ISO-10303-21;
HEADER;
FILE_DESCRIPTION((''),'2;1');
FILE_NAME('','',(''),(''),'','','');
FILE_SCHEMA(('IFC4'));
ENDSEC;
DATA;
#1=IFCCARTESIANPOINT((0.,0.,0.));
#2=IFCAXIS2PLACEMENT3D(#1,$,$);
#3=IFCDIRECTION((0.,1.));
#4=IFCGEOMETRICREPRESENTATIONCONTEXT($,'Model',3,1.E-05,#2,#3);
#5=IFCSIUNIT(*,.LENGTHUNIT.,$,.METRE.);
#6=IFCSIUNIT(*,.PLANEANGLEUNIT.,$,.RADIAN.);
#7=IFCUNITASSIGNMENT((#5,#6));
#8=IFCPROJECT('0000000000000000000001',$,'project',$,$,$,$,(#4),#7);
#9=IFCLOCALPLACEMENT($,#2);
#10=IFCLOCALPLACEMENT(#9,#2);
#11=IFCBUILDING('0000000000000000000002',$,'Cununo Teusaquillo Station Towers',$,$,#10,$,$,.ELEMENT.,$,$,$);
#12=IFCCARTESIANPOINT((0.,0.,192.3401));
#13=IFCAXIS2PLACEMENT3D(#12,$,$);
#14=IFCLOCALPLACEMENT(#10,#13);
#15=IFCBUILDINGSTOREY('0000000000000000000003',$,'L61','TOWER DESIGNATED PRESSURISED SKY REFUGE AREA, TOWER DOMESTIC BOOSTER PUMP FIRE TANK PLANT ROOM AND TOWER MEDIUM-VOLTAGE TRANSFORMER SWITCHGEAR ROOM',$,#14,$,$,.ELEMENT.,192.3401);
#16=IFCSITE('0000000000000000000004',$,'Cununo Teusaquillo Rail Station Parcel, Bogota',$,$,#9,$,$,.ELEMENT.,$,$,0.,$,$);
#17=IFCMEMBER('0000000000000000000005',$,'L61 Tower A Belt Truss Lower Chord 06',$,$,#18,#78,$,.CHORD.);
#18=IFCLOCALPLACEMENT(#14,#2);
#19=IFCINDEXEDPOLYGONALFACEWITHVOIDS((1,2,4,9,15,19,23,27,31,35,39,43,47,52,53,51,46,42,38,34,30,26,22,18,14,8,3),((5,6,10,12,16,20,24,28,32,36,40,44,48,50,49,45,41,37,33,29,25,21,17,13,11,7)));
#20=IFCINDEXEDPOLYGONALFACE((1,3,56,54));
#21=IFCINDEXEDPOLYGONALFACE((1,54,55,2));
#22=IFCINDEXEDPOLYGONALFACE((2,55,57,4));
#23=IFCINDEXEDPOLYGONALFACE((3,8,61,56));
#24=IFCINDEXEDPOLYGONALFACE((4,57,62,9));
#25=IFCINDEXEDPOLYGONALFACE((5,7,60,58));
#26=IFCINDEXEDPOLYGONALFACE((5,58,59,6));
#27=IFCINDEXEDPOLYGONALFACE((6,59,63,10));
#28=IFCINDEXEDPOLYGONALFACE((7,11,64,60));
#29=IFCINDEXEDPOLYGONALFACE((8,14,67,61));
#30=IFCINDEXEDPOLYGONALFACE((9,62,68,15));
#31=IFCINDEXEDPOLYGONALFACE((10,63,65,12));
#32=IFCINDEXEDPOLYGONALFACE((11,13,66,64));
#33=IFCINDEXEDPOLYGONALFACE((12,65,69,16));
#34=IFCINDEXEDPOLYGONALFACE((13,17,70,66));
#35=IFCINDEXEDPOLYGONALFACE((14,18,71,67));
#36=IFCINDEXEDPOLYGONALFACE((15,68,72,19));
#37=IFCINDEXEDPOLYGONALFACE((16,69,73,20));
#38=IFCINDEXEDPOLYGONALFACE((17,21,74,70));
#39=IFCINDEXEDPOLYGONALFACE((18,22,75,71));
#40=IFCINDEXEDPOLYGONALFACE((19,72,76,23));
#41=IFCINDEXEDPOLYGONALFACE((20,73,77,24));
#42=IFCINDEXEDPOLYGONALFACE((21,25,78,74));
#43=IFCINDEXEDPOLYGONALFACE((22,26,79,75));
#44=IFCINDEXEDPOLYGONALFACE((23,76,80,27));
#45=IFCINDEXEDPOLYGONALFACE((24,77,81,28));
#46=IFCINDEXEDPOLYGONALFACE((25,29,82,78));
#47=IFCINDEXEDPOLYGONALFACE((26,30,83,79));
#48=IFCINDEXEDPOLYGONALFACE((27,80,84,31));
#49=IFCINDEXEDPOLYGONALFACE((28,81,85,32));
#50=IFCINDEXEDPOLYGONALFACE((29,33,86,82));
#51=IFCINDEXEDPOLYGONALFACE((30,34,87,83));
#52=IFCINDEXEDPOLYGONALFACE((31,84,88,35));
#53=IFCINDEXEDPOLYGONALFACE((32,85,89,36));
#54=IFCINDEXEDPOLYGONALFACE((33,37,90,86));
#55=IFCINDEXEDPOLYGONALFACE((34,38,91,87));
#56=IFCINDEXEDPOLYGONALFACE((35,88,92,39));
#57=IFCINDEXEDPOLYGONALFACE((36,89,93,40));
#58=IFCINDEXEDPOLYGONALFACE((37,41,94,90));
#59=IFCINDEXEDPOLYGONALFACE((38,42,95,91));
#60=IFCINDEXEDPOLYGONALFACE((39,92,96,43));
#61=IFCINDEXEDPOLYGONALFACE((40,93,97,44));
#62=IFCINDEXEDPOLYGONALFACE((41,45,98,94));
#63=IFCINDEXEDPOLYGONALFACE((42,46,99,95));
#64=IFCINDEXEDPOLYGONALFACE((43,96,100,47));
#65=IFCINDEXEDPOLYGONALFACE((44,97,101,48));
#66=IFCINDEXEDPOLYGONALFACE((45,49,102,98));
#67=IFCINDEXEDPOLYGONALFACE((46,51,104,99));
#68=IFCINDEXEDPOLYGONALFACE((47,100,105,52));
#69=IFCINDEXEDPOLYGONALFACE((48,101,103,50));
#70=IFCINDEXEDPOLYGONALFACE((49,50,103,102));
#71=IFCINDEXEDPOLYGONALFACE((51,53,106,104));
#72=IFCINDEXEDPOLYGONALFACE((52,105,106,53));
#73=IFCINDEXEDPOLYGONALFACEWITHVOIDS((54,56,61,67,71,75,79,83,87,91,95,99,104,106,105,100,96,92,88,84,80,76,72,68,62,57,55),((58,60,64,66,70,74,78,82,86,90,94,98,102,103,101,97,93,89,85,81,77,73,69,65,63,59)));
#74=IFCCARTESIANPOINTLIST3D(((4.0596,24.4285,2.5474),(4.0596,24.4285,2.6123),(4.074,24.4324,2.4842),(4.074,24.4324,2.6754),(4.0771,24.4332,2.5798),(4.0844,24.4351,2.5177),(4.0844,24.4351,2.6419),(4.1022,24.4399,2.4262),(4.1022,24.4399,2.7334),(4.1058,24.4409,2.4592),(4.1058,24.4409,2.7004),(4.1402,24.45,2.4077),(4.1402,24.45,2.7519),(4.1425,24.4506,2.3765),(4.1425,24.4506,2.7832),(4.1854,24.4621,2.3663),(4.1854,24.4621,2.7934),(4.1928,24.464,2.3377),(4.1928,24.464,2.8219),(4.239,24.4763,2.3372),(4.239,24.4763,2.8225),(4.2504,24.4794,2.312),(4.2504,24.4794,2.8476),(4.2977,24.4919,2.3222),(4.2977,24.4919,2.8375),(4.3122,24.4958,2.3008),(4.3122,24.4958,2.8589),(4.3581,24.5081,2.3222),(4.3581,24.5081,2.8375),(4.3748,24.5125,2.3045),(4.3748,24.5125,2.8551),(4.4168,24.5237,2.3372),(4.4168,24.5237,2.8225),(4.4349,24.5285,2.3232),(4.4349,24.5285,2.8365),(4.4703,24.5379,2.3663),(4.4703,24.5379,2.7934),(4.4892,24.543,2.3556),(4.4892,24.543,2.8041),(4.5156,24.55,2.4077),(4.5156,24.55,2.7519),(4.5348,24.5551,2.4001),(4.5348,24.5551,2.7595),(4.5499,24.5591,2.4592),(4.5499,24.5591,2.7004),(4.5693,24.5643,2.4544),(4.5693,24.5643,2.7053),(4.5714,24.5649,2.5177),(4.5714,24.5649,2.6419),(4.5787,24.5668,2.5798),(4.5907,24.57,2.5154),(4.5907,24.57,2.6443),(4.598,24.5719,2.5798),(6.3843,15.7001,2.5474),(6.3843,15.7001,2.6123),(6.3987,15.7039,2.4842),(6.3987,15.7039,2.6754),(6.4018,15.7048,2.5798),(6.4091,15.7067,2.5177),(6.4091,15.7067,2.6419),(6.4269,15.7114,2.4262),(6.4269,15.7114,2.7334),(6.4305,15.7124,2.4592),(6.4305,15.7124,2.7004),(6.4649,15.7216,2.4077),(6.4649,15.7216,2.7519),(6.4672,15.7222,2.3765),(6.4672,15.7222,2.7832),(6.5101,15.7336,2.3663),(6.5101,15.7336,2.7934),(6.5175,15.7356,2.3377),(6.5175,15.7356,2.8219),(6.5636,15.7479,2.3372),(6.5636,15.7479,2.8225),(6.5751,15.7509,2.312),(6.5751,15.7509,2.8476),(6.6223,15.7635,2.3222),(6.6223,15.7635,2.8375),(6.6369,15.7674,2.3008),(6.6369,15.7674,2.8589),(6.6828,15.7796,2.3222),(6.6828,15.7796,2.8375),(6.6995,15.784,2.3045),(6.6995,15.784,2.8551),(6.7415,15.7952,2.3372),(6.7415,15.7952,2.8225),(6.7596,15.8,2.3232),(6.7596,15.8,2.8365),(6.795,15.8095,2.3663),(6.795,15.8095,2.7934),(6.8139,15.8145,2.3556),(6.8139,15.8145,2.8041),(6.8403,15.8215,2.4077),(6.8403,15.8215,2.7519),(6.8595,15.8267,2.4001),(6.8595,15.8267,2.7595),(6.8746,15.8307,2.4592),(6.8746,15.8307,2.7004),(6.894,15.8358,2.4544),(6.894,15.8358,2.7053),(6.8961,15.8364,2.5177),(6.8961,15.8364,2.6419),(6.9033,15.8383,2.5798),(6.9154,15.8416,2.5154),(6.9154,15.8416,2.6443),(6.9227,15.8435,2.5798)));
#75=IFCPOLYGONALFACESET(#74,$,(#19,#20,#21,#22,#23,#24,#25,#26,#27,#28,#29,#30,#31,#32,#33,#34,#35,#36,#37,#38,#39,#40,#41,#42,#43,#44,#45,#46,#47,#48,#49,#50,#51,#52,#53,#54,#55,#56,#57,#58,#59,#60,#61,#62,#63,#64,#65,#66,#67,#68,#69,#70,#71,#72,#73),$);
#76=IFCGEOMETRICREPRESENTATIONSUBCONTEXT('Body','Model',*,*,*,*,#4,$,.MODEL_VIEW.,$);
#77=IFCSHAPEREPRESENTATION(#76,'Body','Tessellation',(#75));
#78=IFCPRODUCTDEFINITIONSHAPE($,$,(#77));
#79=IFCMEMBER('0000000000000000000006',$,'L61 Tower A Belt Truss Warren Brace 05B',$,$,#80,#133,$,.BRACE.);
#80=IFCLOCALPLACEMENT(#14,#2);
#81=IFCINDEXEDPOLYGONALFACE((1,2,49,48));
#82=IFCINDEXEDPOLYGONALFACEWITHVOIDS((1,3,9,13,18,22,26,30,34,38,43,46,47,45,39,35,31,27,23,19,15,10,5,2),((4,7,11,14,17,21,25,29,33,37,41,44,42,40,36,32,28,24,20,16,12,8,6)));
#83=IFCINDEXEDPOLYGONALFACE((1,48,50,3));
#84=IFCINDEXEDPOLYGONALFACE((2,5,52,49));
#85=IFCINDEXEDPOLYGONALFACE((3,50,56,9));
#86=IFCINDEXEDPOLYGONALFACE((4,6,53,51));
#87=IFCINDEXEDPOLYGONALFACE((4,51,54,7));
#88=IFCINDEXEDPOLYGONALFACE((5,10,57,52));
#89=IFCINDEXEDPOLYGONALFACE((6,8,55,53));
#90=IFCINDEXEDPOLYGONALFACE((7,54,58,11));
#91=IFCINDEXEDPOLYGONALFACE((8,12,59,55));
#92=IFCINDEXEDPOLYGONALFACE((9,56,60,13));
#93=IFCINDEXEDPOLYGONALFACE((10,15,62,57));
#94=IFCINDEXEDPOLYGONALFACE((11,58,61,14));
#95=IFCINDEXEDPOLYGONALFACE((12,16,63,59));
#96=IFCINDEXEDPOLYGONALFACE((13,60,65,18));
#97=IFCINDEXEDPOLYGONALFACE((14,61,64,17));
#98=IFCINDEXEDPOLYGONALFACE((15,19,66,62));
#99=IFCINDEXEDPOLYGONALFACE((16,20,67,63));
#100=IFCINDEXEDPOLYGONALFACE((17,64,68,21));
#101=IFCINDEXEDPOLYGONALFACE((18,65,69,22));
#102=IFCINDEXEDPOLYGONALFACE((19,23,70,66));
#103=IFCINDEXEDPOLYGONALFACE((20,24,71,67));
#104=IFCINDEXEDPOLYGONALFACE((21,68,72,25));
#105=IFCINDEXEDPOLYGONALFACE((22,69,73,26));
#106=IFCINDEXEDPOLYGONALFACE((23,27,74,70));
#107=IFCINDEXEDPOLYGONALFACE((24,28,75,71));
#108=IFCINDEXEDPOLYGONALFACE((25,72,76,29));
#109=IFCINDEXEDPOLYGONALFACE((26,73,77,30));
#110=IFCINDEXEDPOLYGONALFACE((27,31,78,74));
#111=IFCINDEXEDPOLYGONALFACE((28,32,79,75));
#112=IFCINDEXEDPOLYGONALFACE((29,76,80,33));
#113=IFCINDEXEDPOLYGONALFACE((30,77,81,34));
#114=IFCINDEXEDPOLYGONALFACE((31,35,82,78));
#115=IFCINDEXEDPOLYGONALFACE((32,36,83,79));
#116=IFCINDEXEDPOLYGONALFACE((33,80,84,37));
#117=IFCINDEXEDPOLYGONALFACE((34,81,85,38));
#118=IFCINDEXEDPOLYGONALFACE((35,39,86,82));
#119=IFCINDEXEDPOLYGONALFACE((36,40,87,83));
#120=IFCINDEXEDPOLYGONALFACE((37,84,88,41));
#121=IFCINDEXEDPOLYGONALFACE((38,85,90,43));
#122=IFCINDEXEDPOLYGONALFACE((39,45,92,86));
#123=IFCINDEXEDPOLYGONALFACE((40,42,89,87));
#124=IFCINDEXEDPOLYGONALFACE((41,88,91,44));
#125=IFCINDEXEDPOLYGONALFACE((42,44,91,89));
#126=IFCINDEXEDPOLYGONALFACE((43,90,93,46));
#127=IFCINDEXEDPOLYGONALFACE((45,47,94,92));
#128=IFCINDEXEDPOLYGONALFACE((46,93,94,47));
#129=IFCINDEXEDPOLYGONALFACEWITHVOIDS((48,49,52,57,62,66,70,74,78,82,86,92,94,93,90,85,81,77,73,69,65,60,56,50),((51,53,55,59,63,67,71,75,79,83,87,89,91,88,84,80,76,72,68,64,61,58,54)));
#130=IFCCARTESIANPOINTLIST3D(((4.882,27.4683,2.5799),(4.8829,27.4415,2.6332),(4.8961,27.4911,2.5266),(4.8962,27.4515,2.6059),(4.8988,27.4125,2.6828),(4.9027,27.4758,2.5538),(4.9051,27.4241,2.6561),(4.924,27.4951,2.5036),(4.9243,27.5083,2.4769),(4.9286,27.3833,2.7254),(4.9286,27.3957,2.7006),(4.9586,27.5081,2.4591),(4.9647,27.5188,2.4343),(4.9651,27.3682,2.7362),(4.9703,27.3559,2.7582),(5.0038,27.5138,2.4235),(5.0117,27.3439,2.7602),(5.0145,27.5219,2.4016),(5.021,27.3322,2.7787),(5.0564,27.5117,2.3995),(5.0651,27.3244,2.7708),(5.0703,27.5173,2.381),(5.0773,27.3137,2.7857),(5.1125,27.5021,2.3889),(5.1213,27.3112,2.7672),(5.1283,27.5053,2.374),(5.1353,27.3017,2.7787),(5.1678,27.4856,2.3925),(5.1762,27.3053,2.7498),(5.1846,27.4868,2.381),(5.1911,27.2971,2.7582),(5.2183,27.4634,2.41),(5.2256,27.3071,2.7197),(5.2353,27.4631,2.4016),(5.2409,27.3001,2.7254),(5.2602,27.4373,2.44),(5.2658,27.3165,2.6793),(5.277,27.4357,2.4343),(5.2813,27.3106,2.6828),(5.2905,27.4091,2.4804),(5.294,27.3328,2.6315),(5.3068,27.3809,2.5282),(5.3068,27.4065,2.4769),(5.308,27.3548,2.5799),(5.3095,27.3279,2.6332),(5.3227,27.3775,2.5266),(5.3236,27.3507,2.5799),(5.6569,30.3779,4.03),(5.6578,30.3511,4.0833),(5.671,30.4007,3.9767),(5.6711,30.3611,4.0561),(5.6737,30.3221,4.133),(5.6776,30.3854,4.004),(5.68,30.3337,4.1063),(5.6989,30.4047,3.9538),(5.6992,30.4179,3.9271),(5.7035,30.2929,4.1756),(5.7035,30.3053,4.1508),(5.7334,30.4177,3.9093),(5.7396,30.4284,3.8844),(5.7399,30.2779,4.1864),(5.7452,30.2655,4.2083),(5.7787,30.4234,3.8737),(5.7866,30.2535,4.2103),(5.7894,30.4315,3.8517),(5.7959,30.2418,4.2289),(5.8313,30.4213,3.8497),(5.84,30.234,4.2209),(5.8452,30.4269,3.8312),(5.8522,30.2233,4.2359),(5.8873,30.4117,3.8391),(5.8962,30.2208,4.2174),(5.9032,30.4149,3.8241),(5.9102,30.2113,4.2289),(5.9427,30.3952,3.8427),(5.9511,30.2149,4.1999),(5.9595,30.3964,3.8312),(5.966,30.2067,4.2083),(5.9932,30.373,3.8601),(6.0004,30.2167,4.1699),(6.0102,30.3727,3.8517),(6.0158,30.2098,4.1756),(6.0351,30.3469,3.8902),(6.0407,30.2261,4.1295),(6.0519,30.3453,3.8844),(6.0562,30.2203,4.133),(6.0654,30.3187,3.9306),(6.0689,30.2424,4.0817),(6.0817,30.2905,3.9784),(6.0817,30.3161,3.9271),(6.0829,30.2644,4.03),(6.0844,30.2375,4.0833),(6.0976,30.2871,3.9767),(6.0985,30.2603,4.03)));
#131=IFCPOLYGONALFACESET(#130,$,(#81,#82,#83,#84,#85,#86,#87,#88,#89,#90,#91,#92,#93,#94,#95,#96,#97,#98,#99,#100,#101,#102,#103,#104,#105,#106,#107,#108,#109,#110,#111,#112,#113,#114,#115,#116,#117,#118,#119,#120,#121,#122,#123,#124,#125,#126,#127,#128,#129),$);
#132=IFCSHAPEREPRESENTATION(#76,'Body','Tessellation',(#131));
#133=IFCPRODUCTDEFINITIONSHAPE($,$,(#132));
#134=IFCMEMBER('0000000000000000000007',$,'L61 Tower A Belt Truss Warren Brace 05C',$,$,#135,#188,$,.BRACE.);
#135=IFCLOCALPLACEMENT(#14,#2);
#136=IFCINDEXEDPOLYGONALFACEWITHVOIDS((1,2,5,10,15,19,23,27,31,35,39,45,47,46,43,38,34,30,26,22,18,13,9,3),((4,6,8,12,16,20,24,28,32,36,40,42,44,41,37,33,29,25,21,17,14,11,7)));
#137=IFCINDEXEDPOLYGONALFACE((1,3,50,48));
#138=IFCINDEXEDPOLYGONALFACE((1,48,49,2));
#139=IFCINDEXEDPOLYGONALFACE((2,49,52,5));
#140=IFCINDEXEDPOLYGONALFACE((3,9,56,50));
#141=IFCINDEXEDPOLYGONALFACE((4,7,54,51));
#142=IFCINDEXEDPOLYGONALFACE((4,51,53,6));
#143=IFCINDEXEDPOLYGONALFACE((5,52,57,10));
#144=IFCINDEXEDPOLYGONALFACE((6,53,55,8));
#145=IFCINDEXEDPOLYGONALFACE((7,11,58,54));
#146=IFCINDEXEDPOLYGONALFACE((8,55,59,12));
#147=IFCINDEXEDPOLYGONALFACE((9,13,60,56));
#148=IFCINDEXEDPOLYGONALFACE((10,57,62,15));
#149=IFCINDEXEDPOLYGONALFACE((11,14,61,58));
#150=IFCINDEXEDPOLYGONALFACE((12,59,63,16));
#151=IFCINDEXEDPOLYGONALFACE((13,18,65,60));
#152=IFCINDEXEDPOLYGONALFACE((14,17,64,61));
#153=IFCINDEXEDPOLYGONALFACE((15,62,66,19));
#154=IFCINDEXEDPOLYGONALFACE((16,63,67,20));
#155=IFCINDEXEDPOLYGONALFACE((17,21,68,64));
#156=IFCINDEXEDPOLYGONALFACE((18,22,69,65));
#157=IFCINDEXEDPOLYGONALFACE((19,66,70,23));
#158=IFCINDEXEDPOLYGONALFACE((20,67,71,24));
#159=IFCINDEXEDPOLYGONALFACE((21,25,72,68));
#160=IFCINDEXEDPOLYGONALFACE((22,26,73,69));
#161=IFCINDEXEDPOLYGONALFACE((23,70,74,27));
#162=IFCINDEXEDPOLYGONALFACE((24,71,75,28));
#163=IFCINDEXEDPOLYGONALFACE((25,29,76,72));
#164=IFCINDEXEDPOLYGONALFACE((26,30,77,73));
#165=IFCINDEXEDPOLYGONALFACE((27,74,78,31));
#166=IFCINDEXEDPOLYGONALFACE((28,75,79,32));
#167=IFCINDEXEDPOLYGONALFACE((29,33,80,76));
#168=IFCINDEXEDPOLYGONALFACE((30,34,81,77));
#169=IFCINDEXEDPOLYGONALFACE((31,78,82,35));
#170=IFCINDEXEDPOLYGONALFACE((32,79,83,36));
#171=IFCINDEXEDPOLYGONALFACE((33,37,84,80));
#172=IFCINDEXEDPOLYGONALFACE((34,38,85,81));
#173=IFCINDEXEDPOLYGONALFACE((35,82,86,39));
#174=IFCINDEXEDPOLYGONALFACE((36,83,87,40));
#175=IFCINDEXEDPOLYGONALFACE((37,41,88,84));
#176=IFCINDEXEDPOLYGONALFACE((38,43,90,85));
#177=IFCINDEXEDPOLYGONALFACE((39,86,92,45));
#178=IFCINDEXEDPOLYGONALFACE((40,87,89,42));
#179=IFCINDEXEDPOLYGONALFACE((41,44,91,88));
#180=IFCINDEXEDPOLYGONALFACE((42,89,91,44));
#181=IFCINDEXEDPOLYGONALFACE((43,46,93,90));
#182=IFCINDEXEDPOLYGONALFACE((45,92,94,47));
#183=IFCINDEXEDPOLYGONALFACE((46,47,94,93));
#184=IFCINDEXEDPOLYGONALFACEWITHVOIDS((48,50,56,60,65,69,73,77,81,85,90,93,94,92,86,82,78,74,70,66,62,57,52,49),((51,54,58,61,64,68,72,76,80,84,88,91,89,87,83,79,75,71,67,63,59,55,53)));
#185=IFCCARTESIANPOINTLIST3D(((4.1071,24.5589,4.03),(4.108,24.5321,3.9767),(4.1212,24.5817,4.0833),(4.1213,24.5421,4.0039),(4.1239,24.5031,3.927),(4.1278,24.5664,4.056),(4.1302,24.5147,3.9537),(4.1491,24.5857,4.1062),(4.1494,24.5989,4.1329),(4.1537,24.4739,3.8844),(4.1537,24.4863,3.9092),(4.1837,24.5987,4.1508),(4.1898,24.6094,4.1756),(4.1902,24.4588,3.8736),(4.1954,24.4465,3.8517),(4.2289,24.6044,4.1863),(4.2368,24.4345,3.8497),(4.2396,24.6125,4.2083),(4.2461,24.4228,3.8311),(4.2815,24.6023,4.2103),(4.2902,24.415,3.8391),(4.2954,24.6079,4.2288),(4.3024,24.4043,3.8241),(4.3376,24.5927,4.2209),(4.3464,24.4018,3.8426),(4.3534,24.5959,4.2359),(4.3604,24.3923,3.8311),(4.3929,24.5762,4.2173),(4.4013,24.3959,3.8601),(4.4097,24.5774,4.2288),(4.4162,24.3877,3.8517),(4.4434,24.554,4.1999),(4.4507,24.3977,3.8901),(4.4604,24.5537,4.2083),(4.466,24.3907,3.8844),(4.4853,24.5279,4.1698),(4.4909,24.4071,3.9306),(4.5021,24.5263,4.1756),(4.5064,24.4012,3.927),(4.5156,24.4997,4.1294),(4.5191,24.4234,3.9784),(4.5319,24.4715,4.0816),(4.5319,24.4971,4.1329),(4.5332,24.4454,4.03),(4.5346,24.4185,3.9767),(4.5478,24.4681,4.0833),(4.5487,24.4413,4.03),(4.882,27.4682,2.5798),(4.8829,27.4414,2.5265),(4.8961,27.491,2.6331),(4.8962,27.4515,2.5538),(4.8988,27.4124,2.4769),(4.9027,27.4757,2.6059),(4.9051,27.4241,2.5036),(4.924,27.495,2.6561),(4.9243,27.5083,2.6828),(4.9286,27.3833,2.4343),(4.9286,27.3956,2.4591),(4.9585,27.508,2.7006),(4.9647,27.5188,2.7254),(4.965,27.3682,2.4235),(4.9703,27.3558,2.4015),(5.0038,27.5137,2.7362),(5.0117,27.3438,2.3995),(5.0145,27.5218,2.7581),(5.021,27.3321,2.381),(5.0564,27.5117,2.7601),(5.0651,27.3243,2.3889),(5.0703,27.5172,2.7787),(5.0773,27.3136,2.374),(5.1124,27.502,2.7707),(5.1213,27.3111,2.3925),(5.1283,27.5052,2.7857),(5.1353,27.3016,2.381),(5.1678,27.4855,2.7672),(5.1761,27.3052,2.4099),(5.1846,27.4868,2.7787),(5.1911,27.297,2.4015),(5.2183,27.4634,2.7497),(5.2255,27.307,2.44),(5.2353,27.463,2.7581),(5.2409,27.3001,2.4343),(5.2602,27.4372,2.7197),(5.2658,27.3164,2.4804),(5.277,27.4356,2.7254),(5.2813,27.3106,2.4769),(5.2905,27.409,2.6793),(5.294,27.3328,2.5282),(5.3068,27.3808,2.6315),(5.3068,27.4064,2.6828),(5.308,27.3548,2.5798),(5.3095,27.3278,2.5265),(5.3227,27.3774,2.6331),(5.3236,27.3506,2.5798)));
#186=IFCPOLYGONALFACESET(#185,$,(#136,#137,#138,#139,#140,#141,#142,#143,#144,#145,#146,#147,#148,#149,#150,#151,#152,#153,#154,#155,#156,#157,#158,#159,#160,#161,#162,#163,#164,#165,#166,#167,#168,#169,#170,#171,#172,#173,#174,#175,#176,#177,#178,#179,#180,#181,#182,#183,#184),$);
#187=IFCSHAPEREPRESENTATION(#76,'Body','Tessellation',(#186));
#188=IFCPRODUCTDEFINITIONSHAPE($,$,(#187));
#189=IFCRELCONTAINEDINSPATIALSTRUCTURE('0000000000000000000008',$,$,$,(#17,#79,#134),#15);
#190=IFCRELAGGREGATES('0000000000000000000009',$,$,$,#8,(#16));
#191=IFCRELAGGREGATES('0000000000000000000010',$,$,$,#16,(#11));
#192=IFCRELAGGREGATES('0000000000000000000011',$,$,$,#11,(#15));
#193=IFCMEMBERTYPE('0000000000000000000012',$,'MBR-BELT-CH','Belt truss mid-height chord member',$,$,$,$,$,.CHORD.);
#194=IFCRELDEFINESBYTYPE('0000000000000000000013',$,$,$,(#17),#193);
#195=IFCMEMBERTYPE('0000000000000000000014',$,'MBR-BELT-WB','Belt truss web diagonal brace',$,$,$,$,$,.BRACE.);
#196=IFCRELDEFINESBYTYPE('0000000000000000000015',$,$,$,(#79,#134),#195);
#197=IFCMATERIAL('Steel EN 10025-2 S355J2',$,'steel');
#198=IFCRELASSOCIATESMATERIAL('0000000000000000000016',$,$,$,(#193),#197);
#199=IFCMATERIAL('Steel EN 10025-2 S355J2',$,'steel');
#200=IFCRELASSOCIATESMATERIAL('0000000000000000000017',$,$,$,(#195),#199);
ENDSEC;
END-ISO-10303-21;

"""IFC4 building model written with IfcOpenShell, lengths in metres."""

from ifc_helpers import new_model, si_unit, direction, frame, origin, origin_2d, place, context, subcontext, project, spatial, hollow_circle, extrude, material, material_profile, profile_set, type_object, element, save


model = new_model("IFC4")

# Units and contexts
model_context = context("Model", 3, precision=1e-05, world=origin(), true_north=direction((0.0, 1.0)))
body_context = subcontext(model_context, "Body", "Model", "MODEL_VIEW")
ifc_project = project(units=[si_unit("LENGTHUNIT", "METRE"), si_unit("PLANEANGLEUNIT", "RADIAN")], contexts=[model_context])

# Site, building, storey
site_placement = place(None, origin())
site = spatial("IfcSite", under=ifc_project, at=site_placement, Name="Cununo Teusaquillo Rail Station Parcel, Bogota", CompositionType="ELEMENT", RefElevation=0.0)
building_placement = place(site_placement, origin())
building = spatial("IfcBuilding", under=site, at=building_placement, Name="Cununo Teusaquillo Station Towers", CompositionType="ELEMENT")
storey_placement = place(building_placement, frame((0.0, 0.0, 192.3401)))
storey = spatial("IfcBuildingStorey", under=building, at=storey_placement, Name="L61", Description="TOWER DESIGNATED PRESSURISED SKY REFUGE AREA, TOWER DOMESTIC BOOSTER PUMP FIRE TANK PLANT ROOM AND TOWER MEDIUM-VOLTAGE TRANSFORMER SWITCHGEAR ROOM", CompositionType="ELEMENT", Elevation=192.3401)

# Members
ifc_material_1 = material(Name="Steel EN 10025-2 S355J2", Category="steel")
ifc_material_profile_1 = material_profile(ifc_material_1, hollow_circle(Radius=0.2795, WallThickness=0.02, at=origin_2d()), Name="CHS 559x20")
ifc_profile_set_1 = profile_set([ifc_material_profile_1], Name="Steel EN 10025-2 S355J2")
member_type_1 = type_object("IfcMemberType", Name="MBR-BELT-CH", Description="Belt truss mid-height chord member", PredefinedType="CHORD", material=ifc_profile_set_1)
member_1_placement = place(storey_placement, frame((4.3279, 24.5, 2.5798), z_axis=(0.257363, -0.966315, 0.0), x_axis=(0.966315, 0.257363, 0.0)))
element("IfcMember", 1, at=member_1_placement, inside=storey, type_object=member_type_1, Name="L61 Tower A Belt Truss Lower Chord 06", PredefinedType="CHORD", context=body_context, shape_type="SweptSolid", body=[
    extrude(hollow_circle(Radius=0.2795, WallThickness=0.02, at=origin_2d()), origin(), (0.0, 0.0, 1.0), 9.0327),
])
ifc_material_2 = material(Name="Steel EN 10025-2 S355J2", Category="steel")
ifc_material_profile_2 = material_profile(ifc_material_2, hollow_circle(Radius=0.2285, WallThickness=0.0161, at=origin_2d()), Name="CHS 457x16")
ifc_profile_set_2 = profile_set([ifc_material_profile_2], Name="Steel EN 10025-2 S355J2")
member_type_2 = type_object("IfcMemberType", Name="MBR-BELT-WB", Description="Belt truss web diagonal brace", PredefinedType="BRACE", material=ifc_profile_set_2)
member_2_placement = place(storey_placement, frame((5.8777, 30.3191, 4.03), z_axis=(-0.23186, -0.870608, -0.433916), x_axis=(0.966318, -0.25735, 0.0)))
element("IfcMember", 2, at=member_2_placement, inside=storey, type_object=member_type_2, Name="L61 Tower A Belt Truss Warren Brace 05B", PredefinedType="BRACE", context=body_context, shape_type="SweptSolid", body=[
    extrude(hollow_circle(Radius=0.2285, WallThickness=0.0161, at=origin_2d()), origin(), (0.0, 0.0, 1.0), 3.342),
])
for number, where, z_axis, x_axis, name in (
    (3, (5.1028, 27.4094, 2.5798), (-0.231875, -0.87059, 0.433944), (0.966313, -0.25737, 0.0), "L61 Tower A Belt Truss Warren Brace 05C"),
):
    element("IfcMember", number, at=place(storey_placement, frame(where, z_axis=z_axis, x_axis=x_axis)), inside=storey, type_object=member_type_2, Name=name, PredefinedType="BRACE", context=body_context, shape_type="SweptSolid", body=[
        extrude(hollow_circle(Radius=0.2285, WallThickness=0.0161, at=origin_2d()), origin(), (0.0, 0.0, 1.0), 3.3418),
    ])

save(model, "model.ifc")
